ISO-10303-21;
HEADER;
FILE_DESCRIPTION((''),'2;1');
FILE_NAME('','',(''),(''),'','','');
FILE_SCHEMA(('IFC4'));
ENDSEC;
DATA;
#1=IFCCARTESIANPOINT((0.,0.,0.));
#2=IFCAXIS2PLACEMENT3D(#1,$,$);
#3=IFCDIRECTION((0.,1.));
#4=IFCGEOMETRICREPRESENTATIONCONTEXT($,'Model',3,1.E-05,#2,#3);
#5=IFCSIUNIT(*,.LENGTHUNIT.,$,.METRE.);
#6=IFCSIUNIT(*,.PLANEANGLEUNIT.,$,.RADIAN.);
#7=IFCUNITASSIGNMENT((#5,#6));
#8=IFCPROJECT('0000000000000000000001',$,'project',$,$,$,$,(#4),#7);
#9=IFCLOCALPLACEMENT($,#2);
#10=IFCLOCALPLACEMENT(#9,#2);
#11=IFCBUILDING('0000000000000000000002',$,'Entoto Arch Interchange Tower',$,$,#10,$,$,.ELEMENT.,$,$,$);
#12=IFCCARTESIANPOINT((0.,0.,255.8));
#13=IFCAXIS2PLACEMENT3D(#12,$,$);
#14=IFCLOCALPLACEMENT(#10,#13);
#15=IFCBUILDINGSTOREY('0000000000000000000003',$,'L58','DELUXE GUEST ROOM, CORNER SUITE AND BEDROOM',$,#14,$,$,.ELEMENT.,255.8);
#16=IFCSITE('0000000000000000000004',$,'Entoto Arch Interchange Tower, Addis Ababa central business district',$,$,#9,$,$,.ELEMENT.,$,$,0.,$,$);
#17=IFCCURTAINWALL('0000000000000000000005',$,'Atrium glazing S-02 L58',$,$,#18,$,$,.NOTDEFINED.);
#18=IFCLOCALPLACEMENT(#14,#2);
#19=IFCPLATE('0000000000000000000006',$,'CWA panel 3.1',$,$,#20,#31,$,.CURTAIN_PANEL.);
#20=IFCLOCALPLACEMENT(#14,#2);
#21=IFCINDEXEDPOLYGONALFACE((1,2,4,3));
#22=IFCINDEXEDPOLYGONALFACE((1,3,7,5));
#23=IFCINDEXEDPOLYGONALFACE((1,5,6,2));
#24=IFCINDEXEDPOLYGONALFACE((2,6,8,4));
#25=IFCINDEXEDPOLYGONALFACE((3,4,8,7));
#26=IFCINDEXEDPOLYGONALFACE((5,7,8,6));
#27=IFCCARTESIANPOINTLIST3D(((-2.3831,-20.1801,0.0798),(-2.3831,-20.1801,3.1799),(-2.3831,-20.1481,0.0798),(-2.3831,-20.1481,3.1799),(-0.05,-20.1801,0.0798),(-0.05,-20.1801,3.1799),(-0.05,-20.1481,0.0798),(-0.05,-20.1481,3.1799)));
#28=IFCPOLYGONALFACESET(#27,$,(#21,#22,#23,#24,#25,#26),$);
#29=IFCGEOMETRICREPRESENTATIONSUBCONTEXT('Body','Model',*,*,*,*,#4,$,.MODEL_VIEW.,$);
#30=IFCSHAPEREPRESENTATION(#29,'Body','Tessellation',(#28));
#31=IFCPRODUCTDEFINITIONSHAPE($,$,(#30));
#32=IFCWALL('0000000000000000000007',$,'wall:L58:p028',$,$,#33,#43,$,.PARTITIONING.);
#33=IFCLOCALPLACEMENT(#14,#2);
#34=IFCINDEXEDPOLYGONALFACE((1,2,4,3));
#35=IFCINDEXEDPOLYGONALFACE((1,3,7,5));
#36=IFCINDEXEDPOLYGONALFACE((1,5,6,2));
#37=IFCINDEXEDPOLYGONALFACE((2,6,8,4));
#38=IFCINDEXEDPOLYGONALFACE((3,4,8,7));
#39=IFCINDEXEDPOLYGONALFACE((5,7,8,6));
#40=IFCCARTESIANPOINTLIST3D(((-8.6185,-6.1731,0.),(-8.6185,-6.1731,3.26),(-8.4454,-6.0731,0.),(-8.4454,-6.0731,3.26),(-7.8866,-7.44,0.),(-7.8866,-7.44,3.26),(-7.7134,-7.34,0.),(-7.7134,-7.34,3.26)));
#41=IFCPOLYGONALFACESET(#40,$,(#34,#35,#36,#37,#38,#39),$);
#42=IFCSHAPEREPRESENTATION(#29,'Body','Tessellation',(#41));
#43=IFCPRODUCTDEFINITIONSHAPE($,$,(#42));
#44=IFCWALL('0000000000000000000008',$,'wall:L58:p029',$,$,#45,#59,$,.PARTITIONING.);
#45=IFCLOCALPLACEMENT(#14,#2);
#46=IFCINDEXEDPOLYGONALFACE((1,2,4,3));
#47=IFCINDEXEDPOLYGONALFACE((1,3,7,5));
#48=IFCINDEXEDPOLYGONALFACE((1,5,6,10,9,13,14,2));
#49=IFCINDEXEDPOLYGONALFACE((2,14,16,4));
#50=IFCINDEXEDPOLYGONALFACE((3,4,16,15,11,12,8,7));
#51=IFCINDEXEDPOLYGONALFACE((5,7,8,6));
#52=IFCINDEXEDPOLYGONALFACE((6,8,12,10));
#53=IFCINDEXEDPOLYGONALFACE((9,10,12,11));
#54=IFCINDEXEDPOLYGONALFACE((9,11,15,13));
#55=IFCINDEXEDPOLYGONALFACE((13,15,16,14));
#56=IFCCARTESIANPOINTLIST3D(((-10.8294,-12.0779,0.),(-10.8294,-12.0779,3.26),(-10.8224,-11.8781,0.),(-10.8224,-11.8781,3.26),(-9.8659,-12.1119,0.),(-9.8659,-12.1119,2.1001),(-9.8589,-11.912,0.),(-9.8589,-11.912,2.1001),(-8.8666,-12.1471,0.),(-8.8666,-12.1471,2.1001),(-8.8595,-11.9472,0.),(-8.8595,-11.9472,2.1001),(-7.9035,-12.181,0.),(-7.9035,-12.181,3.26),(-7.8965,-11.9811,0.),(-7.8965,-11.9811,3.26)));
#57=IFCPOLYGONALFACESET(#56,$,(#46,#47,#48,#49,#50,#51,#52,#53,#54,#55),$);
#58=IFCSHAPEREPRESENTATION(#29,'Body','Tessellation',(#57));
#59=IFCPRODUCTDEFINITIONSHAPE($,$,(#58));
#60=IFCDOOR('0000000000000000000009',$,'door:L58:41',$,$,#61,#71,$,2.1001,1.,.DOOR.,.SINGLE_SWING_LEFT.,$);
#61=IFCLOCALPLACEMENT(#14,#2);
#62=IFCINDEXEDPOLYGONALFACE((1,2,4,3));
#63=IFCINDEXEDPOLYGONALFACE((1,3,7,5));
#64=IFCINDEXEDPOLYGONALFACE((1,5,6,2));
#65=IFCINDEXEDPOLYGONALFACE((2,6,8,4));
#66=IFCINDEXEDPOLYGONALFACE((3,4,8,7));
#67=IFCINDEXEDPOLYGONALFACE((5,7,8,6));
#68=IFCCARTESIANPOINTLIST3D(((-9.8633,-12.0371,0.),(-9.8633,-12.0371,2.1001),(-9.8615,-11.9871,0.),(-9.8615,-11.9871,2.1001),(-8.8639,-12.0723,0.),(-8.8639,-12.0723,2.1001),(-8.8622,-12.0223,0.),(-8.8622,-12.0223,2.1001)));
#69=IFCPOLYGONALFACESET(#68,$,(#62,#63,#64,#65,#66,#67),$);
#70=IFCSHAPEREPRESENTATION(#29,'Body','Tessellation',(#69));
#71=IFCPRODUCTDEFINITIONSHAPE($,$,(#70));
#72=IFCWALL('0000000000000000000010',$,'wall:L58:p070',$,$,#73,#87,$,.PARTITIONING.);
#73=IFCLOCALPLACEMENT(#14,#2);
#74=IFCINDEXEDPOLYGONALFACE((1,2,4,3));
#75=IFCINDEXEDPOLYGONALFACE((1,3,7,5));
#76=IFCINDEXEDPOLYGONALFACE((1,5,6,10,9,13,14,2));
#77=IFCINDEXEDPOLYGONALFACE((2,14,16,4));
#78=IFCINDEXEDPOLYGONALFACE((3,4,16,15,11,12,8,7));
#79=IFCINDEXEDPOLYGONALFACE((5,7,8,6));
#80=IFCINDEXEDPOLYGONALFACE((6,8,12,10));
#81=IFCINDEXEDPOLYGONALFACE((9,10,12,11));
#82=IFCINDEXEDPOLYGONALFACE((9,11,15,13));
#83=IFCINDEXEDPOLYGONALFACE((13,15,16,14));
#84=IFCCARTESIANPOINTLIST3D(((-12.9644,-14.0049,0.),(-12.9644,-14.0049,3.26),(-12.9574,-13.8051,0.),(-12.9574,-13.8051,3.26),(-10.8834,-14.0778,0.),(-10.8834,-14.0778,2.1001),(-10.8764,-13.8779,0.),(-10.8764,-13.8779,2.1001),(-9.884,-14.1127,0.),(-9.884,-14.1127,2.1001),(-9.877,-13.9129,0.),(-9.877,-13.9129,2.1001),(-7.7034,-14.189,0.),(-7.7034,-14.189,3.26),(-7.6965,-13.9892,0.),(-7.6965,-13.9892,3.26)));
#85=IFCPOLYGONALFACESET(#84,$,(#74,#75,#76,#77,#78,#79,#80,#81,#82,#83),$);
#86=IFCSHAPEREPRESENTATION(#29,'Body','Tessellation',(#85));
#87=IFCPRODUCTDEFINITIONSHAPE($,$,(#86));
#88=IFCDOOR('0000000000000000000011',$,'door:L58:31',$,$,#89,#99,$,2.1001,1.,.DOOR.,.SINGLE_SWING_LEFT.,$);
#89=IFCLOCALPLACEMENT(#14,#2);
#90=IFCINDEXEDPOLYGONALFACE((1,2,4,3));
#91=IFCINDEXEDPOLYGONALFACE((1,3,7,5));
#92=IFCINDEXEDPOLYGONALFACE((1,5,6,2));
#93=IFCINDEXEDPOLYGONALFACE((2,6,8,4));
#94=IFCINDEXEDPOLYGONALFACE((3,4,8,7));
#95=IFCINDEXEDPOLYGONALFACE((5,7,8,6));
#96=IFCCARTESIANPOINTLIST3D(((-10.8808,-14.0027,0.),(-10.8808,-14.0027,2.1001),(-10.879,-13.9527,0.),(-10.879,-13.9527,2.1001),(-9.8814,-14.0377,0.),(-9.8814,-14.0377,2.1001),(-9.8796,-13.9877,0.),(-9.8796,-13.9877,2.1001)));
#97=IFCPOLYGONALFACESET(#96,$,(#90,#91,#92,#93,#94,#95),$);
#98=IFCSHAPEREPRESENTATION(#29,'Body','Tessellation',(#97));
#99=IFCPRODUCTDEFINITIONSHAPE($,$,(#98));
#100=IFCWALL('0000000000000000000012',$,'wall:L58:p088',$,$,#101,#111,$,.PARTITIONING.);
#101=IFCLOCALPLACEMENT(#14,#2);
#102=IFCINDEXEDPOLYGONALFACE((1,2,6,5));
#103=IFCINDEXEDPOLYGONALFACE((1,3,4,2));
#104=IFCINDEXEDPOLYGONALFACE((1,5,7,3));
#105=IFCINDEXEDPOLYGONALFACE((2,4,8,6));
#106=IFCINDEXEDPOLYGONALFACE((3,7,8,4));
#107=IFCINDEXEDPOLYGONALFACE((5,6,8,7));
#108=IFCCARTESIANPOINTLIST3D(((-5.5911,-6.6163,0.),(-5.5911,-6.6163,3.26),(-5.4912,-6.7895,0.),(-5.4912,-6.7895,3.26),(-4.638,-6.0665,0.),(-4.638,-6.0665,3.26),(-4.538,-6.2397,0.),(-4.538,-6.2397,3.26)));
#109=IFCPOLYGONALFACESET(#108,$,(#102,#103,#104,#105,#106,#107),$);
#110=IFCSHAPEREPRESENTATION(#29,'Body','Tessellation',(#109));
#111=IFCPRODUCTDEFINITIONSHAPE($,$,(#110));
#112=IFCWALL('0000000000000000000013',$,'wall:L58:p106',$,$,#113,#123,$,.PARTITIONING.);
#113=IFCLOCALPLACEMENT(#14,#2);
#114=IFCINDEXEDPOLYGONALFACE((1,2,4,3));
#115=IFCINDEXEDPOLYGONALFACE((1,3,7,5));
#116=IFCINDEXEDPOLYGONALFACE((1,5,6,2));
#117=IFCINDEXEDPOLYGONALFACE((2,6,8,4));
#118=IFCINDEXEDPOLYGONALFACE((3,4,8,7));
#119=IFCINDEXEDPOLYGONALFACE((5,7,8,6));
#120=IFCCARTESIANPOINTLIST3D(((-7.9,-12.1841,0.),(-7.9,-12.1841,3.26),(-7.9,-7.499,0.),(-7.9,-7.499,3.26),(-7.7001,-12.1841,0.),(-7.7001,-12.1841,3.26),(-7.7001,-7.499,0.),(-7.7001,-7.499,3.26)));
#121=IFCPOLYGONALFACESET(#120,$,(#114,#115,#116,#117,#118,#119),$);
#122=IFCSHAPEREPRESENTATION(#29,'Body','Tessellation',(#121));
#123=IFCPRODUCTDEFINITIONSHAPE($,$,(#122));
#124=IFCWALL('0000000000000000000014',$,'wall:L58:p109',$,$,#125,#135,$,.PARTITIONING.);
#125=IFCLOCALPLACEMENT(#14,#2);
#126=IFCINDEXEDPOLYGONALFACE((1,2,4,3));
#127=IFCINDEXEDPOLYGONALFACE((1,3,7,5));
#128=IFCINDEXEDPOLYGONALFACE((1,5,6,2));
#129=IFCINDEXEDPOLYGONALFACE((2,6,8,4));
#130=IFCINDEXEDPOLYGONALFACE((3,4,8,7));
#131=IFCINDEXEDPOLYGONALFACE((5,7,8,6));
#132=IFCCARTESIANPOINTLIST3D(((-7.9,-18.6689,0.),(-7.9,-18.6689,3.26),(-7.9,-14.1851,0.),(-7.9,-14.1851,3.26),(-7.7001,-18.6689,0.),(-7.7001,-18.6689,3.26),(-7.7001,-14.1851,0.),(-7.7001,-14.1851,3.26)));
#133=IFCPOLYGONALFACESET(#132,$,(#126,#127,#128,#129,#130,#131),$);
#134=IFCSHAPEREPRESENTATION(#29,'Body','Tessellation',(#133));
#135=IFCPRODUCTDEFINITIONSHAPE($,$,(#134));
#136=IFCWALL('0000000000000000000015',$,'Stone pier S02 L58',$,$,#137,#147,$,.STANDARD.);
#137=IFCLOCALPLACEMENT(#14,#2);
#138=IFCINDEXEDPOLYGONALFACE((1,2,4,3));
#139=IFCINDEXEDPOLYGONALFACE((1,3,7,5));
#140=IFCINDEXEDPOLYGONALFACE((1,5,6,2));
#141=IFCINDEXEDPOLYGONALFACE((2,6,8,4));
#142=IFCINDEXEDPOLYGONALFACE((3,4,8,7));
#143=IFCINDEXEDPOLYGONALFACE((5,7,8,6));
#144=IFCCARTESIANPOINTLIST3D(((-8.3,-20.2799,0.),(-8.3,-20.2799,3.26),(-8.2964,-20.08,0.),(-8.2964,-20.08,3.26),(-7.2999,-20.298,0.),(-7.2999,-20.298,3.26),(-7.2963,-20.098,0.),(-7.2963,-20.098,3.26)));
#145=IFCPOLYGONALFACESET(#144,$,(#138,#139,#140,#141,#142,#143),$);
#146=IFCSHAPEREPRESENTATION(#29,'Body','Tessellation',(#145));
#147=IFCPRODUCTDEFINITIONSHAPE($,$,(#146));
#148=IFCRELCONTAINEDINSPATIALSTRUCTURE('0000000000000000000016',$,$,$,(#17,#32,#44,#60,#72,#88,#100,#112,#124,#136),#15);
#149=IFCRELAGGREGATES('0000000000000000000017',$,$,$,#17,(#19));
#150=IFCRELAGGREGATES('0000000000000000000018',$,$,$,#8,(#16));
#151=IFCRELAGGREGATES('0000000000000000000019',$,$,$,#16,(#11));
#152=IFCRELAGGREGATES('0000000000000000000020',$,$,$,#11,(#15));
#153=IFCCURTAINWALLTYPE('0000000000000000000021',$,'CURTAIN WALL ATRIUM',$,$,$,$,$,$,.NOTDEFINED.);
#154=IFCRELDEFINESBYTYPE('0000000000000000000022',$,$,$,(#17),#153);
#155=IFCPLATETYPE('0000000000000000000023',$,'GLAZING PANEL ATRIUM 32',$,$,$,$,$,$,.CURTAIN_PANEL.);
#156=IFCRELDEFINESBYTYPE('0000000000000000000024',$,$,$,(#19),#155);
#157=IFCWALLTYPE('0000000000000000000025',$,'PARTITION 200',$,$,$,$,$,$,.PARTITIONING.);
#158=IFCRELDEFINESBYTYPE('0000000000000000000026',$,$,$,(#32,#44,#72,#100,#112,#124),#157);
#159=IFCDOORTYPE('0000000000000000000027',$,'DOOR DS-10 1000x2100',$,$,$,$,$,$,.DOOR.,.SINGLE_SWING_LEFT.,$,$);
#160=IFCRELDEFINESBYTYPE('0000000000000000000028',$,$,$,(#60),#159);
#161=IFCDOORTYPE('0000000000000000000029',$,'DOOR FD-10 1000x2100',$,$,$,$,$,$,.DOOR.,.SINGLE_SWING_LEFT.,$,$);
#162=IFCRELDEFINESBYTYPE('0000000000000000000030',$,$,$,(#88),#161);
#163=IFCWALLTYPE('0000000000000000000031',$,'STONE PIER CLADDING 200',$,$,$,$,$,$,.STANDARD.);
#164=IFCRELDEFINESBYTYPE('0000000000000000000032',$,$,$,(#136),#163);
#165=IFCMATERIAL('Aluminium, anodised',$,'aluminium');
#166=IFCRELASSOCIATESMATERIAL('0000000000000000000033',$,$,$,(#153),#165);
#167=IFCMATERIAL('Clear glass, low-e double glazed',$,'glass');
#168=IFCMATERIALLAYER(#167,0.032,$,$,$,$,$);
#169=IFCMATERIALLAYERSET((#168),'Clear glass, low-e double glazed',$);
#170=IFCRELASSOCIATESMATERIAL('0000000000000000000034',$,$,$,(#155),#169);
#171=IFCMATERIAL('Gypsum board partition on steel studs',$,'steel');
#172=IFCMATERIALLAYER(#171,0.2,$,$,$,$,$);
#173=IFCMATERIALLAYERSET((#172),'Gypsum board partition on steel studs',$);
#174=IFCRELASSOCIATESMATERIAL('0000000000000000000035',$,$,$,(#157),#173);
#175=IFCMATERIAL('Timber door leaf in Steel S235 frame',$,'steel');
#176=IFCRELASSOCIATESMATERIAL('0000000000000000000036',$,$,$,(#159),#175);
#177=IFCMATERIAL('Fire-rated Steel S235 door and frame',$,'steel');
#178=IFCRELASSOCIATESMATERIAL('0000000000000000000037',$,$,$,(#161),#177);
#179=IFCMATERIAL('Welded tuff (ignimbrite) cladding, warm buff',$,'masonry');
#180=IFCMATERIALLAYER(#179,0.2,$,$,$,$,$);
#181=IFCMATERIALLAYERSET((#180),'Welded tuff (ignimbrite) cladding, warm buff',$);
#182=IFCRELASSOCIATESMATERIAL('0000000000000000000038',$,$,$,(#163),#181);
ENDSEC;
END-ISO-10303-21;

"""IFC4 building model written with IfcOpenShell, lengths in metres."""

from ifc_helpers import new_model, si_unit, direction, frame, frame_2d, origin, origin_2d, place, context, subcontext, project, spatial, rectangle, extrude, material, layer, layer_set, type_object, element, fill, aggregate, save


model = new_model("IFC4")

# Units and contexts
model_context = context("Model", 3, precision=1e-05, world=origin(), true_north=direction((0.0, 1.0)))
body_context = subcontext(model_context, "Body", "Model", "MODEL_VIEW")
ifc_project = project(units=[si_unit("LENGTHUNIT", "METRE"), si_unit("PLANEANGLEUNIT", "RADIAN")], contexts=[model_context])

# Site, building, storey
site_placement = place(None, origin())
site = spatial("IfcSite", under=ifc_project, at=site_placement, Name="Entoto Arch Interchange Tower, Addis Ababa central business district", CompositionType="ELEMENT", RefElevation=0.0)
building_placement = place(site_placement, origin())
building = spatial("IfcBuilding", under=site, at=building_placement, Name="Entoto Arch Interchange Tower", CompositionType="ELEMENT")
storey_placement = place(building_placement, frame((0.0, 0.0, 255.8)))
storey = spatial("IfcBuildingStorey", under=building, at=storey_placement, Name="L58", Description="DELUXE GUEST ROOM, CORNER SUITE AND BEDROOM", CompositionType="ELEMENT", Elevation=255.8)

# Curtain wall, plate
ifc_material_1 = material(Name="Aluminium, anodised", Category="aluminium")
curtain_wall_type = type_object("IfcCurtainWallType", Name="CURTAIN WALL ATRIUM", PredefinedType="NOTDEFINED", material=ifc_material_1)
curtain_wall_placement = place(storey_placement, origin())
curtain_wall = element("IfcCurtainWall", 1, at=curtain_wall_placement, inside=storey, type_object=curtain_wall_type, Name="Atrium glazing S-02 L58", PredefinedType="NOTDEFINED")
ifc_material_2 = material(Name="Clear glass, low-e double glazed", Category="glass")
ifc_layer_1 = layer(ifc_material_2, 0.032)
ifc_layer_set_1 = layer_set([ifc_layer_1], Name="Clear glass, low-e double glazed")
plate_type = type_object("IfcPlateType", Name="GLAZING PANEL ATRIUM 32", PredefinedType="CURTAIN_PANEL", material=ifc_layer_set_1)
plate_1_placement = place(storey_placement, frame((-1.2166, -20.1641, 0.0798), z_axis=(0.0, 0.0, 1.0), x_axis=(1.0, 0.0, 0.0)))
plate_1 = element("IfcPlate", 2, at=plate_1_placement, type_object=plate_type, Name="CWA panel 3.1", PredefinedType="CURTAIN_PANEL", context=body_context, shape_type="SweptSolid", body=[
    extrude(rectangle(XDim=2.333, YDim=0.032, at=origin_2d()), origin(), (0.0, 0.0, 1.0), 3.1001),
])
aggregate(curtain_wall, [plate_1])

# Wall
ifc_material_3 = material(Name="Gypsum board partition on steel studs", Category="steel")
ifc_layer_2 = layer(ifc_material_3, 0.2)
ifc_layer_set_2 = layer_set([ifc_layer_2], Name="Gypsum board partition on steel studs")
wall_type_1 = type_object("IfcWallType", Name="PARTITION 200", PredefinedType="PARTITIONING", material=ifc_layer_set_2)
wall_1_placement = place(storey_placement, frame((-7.8, -7.3899, 0.0), z_axis=(0.0, 0.0, 1.0), x_axis=(-0.500266, 0.865871, 0.0)))
element("IfcWall", 3, at=wall_1_placement, inside=storey, type_object=wall_type_1, Name="wall:L58:p028", PredefinedType="PARTITIONING", context=body_context, shape_type="SweptSolid", body=[
    extrude(rectangle(XDim=1.4631, YDim=0.2, at=frame_2d((0.7314, 0.0))), origin(), (0.0, 0.0, 1.0), 3.26),
])

# Walls, openings, doors
wall_2_placement = place(storey_placement, frame((-10.8259, -11.978, 0.0), z_axis=(0.0, 0.0, 1.0), x_axis=(0.999381, -0.035189, 0.0)))
wall_2 = element("IfcWall", 4, at=wall_2_placement, inside=storey, type_object=wall_type_1, Name="wall:L58:p029", PredefinedType="PARTITIONING", context=body_context, shape_type="SweptSolid", body=[
    extrude(rectangle(XDim=2.9277, YDim=0.2, at=frame_2d((1.4639, 0.0))), origin(), (0.0, 0.0, 1.0), 3.26),
])
opening_1_placement = place(wall_2_placement, frame((0.9641, 0.0, 0.0)))
opening_1 = element("IfcOpeningElement", 5, at=opening_1_placement, cuts=wall_2, PredefinedType="OPENING", context=body_context, shape_type="SweptSolid", body=[
    extrude(rectangle(XDim=1.0, YDim=2.1001, at=frame_2d((0.5, 1.05))), frame((0.0, 0.1099, 0.0), z_axis=(0.0, -1.0, 0.0), x_axis=(1.0, 0.0, 0.0)), (0.0, 0.0, 1.0), 0.22),
])
ifc_material_4 = material(Name="Timber door leaf in Steel S235 frame", Category="steel")
door_type_1 = type_object("IfcDoorType", Name="DOOR DS-10 1000x2100", OperationType="SINGLE_SWING_LEFT", PredefinedType="DOOR", material=ifc_material_4)
door_1_placement = place(opening_1_placement, origin())
door_1 = element("IfcDoor", 6, at=door_1_placement, inside=storey, type_object=door_type_1, Name="door:L58:41", OperationType="SINGLE_SWING_LEFT", OverallHeight=2.1001, OverallWidth=1.0, PredefinedType="DOOR", context=body_context, shape_type="SweptSolid", body=[
    extrude(rectangle(XDim=1.0, YDim=2.1001, at=frame_2d((0.5, 1.05))), frame((0.0, 0.0249, 0.0), z_axis=(0.0, -1.0, 0.0), x_axis=(1.0, 0.0, 0.0)), (0.0, 0.0, 1.0), 0.05),
])
fill(opening_1, door_1)
wall_3_placement = place(storey_placement, frame((-7.7, -14.0891, 0.0), z_axis=(0.0, 0.0, 1.0), x_axis=(-0.999388, 0.034969, 0.0)))
wall_3 = element("IfcWall", 7, at=wall_3_placement, inside=storey, type_object=wall_type_1, Name="wall:L58:p070", PredefinedType="PARTITIONING", context=body_context, shape_type="SweptSolid", body=[
    extrude(rectangle(XDim=5.2642, YDim=0.2, at=frame_2d((2.6321, 0.0))), origin(), (0.0, 0.0, 1.0), 3.26),
])
opening_2_placement = place(wall_3_placement, frame((2.1819, 0.0, 0.0)))
opening_2 = element("IfcOpeningElement", 8, at=opening_2_placement, cuts=wall_3, PredefinedType="OPENING", context=body_context, shape_type="SweptSolid", body=[
    extrude(rectangle(XDim=1.0, YDim=2.1001, at=frame_2d((0.5, 1.05))), frame((0.0, 0.1099, 0.0), z_axis=(0.0, -1.0, 0.0), x_axis=(1.0, 0.0, 0.0)), (0.0, 0.0, 1.0), 0.22),
])
ifc_material_5 = material(Name="Fire-rated Steel S235 door and frame", Category="steel")
door_type_2 = type_object("IfcDoorType", Name="DOOR FD-10 1000x2100", OperationType="SINGLE_SWING_LEFT", PredefinedType="DOOR", material=ifc_material_5)
door_2_placement = place(opening_2_placement, origin())
door_2 = element("IfcDoor", 9, at=door_2_placement, inside=storey, type_object=door_type_2, Name="door:L58:31", OperationType="SINGLE_SWING_LEFT", OverallHeight=2.1001, OverallWidth=1.0, PredefinedType="DOOR", context=body_context, shape_type="SweptSolid", body=[
    extrude(rectangle(XDim=1.0, YDim=2.1001, at=frame_2d((0.5, 1.05))), frame((0.0, 0.0249, 0.0), z_axis=(0.0, -1.0, 0.0), x_axis=(1.0, 0.0, 0.0)), (0.0, 0.0, 1.0), 0.05),
])
fill(opening_2, door_2)

# Walls
wall_4_placement = place(storey_placement, frame((-4.5879, -6.1531, 0.0), z_axis=(0.0, 0.0, 1.0), x_axis=(-0.866215, -0.499671, 0.0)))
element("IfcWall", 10, at=wall_4_placement, inside=storey, type_object=wall_type_1, Name="wall:L58:p088", PredefinedType="PARTITIONING", context=body_context, shape_type="SweptSolid", body=[
    extrude(rectangle(XDim=1.1003, YDim=0.2, at=frame_2d((0.5503, 0.0))), origin(), (0.0, 0.0, 1.0), 3.26),
])
wall_5_placement = place(storey_placement, frame((-7.8, -12.1841, 0.0), z_axis=(0.0, 0.0, 1.0), x_axis=(0.0, 1.0, 0.0)))
element("IfcWall", 11, at=wall_5_placement, inside=storey, type_object=wall_type_1, Name="wall:L58:p106", PredefinedType="PARTITIONING", context=body_context, shape_type="SweptSolid", body=[
    extrude(rectangle(XDim=4.6851, YDim=0.2, at=frame_2d((2.3425, 0.0))), origin(), (0.0, 0.0, 1.0), 3.26),
])
wall_6_placement = place(storey_placement, frame((-7.8, -18.6689, 0.0), z_axis=(0.0, 0.0, 1.0), x_axis=(0.0, 1.0, 0.0)))
element("IfcWall", 12, at=wall_6_placement, inside=storey, type_object=wall_type_1, Name="wall:L58:p109", PredefinedType="PARTITIONING", context=body_context, shape_type="SweptSolid", body=[
    extrude(rectangle(XDim=4.4839, YDim=0.2, at=frame_2d((2.2419, 0.0))), origin(), (0.0, 0.0, 1.0), 3.26),
])
ifc_material_6 = material(Name="Welded tuff (ignimbrite) cladding, warm buff", Category="masonry")
ifc_layer_3 = layer(ifc_material_6, 0.2)
ifc_layer_set_3 = layer_set([ifc_layer_3], Name="Welded tuff (ignimbrite) cladding, warm buff")
wall_type_2 = type_object("IfcWallType", Name="STONE PIER CLADDING 200", PredefinedType="STANDARD", material=ifc_layer_set_3)
wall_7_placement = place(storey_placement, frame((-8.2981, -20.1799, 0.0), z_axis=(0.0, 0.0, 1.0), x_axis=(0.999837, -0.018063, 0.0)))
element("IfcWall", 13, at=wall_7_placement, inside=storey, type_object=wall_type_2, Name="Stone pier S02 L58", PredefinedType="STANDARD", context=body_context, shape_type="SweptSolid", body=[
    extrude(rectangle(XDim=1.0002, YDim=0.2, at=frame_2d((0.5, 0.0))), origin(), (0.0, 0.0, 1.0), 3.26),
])

save(model, "model.ifc")
